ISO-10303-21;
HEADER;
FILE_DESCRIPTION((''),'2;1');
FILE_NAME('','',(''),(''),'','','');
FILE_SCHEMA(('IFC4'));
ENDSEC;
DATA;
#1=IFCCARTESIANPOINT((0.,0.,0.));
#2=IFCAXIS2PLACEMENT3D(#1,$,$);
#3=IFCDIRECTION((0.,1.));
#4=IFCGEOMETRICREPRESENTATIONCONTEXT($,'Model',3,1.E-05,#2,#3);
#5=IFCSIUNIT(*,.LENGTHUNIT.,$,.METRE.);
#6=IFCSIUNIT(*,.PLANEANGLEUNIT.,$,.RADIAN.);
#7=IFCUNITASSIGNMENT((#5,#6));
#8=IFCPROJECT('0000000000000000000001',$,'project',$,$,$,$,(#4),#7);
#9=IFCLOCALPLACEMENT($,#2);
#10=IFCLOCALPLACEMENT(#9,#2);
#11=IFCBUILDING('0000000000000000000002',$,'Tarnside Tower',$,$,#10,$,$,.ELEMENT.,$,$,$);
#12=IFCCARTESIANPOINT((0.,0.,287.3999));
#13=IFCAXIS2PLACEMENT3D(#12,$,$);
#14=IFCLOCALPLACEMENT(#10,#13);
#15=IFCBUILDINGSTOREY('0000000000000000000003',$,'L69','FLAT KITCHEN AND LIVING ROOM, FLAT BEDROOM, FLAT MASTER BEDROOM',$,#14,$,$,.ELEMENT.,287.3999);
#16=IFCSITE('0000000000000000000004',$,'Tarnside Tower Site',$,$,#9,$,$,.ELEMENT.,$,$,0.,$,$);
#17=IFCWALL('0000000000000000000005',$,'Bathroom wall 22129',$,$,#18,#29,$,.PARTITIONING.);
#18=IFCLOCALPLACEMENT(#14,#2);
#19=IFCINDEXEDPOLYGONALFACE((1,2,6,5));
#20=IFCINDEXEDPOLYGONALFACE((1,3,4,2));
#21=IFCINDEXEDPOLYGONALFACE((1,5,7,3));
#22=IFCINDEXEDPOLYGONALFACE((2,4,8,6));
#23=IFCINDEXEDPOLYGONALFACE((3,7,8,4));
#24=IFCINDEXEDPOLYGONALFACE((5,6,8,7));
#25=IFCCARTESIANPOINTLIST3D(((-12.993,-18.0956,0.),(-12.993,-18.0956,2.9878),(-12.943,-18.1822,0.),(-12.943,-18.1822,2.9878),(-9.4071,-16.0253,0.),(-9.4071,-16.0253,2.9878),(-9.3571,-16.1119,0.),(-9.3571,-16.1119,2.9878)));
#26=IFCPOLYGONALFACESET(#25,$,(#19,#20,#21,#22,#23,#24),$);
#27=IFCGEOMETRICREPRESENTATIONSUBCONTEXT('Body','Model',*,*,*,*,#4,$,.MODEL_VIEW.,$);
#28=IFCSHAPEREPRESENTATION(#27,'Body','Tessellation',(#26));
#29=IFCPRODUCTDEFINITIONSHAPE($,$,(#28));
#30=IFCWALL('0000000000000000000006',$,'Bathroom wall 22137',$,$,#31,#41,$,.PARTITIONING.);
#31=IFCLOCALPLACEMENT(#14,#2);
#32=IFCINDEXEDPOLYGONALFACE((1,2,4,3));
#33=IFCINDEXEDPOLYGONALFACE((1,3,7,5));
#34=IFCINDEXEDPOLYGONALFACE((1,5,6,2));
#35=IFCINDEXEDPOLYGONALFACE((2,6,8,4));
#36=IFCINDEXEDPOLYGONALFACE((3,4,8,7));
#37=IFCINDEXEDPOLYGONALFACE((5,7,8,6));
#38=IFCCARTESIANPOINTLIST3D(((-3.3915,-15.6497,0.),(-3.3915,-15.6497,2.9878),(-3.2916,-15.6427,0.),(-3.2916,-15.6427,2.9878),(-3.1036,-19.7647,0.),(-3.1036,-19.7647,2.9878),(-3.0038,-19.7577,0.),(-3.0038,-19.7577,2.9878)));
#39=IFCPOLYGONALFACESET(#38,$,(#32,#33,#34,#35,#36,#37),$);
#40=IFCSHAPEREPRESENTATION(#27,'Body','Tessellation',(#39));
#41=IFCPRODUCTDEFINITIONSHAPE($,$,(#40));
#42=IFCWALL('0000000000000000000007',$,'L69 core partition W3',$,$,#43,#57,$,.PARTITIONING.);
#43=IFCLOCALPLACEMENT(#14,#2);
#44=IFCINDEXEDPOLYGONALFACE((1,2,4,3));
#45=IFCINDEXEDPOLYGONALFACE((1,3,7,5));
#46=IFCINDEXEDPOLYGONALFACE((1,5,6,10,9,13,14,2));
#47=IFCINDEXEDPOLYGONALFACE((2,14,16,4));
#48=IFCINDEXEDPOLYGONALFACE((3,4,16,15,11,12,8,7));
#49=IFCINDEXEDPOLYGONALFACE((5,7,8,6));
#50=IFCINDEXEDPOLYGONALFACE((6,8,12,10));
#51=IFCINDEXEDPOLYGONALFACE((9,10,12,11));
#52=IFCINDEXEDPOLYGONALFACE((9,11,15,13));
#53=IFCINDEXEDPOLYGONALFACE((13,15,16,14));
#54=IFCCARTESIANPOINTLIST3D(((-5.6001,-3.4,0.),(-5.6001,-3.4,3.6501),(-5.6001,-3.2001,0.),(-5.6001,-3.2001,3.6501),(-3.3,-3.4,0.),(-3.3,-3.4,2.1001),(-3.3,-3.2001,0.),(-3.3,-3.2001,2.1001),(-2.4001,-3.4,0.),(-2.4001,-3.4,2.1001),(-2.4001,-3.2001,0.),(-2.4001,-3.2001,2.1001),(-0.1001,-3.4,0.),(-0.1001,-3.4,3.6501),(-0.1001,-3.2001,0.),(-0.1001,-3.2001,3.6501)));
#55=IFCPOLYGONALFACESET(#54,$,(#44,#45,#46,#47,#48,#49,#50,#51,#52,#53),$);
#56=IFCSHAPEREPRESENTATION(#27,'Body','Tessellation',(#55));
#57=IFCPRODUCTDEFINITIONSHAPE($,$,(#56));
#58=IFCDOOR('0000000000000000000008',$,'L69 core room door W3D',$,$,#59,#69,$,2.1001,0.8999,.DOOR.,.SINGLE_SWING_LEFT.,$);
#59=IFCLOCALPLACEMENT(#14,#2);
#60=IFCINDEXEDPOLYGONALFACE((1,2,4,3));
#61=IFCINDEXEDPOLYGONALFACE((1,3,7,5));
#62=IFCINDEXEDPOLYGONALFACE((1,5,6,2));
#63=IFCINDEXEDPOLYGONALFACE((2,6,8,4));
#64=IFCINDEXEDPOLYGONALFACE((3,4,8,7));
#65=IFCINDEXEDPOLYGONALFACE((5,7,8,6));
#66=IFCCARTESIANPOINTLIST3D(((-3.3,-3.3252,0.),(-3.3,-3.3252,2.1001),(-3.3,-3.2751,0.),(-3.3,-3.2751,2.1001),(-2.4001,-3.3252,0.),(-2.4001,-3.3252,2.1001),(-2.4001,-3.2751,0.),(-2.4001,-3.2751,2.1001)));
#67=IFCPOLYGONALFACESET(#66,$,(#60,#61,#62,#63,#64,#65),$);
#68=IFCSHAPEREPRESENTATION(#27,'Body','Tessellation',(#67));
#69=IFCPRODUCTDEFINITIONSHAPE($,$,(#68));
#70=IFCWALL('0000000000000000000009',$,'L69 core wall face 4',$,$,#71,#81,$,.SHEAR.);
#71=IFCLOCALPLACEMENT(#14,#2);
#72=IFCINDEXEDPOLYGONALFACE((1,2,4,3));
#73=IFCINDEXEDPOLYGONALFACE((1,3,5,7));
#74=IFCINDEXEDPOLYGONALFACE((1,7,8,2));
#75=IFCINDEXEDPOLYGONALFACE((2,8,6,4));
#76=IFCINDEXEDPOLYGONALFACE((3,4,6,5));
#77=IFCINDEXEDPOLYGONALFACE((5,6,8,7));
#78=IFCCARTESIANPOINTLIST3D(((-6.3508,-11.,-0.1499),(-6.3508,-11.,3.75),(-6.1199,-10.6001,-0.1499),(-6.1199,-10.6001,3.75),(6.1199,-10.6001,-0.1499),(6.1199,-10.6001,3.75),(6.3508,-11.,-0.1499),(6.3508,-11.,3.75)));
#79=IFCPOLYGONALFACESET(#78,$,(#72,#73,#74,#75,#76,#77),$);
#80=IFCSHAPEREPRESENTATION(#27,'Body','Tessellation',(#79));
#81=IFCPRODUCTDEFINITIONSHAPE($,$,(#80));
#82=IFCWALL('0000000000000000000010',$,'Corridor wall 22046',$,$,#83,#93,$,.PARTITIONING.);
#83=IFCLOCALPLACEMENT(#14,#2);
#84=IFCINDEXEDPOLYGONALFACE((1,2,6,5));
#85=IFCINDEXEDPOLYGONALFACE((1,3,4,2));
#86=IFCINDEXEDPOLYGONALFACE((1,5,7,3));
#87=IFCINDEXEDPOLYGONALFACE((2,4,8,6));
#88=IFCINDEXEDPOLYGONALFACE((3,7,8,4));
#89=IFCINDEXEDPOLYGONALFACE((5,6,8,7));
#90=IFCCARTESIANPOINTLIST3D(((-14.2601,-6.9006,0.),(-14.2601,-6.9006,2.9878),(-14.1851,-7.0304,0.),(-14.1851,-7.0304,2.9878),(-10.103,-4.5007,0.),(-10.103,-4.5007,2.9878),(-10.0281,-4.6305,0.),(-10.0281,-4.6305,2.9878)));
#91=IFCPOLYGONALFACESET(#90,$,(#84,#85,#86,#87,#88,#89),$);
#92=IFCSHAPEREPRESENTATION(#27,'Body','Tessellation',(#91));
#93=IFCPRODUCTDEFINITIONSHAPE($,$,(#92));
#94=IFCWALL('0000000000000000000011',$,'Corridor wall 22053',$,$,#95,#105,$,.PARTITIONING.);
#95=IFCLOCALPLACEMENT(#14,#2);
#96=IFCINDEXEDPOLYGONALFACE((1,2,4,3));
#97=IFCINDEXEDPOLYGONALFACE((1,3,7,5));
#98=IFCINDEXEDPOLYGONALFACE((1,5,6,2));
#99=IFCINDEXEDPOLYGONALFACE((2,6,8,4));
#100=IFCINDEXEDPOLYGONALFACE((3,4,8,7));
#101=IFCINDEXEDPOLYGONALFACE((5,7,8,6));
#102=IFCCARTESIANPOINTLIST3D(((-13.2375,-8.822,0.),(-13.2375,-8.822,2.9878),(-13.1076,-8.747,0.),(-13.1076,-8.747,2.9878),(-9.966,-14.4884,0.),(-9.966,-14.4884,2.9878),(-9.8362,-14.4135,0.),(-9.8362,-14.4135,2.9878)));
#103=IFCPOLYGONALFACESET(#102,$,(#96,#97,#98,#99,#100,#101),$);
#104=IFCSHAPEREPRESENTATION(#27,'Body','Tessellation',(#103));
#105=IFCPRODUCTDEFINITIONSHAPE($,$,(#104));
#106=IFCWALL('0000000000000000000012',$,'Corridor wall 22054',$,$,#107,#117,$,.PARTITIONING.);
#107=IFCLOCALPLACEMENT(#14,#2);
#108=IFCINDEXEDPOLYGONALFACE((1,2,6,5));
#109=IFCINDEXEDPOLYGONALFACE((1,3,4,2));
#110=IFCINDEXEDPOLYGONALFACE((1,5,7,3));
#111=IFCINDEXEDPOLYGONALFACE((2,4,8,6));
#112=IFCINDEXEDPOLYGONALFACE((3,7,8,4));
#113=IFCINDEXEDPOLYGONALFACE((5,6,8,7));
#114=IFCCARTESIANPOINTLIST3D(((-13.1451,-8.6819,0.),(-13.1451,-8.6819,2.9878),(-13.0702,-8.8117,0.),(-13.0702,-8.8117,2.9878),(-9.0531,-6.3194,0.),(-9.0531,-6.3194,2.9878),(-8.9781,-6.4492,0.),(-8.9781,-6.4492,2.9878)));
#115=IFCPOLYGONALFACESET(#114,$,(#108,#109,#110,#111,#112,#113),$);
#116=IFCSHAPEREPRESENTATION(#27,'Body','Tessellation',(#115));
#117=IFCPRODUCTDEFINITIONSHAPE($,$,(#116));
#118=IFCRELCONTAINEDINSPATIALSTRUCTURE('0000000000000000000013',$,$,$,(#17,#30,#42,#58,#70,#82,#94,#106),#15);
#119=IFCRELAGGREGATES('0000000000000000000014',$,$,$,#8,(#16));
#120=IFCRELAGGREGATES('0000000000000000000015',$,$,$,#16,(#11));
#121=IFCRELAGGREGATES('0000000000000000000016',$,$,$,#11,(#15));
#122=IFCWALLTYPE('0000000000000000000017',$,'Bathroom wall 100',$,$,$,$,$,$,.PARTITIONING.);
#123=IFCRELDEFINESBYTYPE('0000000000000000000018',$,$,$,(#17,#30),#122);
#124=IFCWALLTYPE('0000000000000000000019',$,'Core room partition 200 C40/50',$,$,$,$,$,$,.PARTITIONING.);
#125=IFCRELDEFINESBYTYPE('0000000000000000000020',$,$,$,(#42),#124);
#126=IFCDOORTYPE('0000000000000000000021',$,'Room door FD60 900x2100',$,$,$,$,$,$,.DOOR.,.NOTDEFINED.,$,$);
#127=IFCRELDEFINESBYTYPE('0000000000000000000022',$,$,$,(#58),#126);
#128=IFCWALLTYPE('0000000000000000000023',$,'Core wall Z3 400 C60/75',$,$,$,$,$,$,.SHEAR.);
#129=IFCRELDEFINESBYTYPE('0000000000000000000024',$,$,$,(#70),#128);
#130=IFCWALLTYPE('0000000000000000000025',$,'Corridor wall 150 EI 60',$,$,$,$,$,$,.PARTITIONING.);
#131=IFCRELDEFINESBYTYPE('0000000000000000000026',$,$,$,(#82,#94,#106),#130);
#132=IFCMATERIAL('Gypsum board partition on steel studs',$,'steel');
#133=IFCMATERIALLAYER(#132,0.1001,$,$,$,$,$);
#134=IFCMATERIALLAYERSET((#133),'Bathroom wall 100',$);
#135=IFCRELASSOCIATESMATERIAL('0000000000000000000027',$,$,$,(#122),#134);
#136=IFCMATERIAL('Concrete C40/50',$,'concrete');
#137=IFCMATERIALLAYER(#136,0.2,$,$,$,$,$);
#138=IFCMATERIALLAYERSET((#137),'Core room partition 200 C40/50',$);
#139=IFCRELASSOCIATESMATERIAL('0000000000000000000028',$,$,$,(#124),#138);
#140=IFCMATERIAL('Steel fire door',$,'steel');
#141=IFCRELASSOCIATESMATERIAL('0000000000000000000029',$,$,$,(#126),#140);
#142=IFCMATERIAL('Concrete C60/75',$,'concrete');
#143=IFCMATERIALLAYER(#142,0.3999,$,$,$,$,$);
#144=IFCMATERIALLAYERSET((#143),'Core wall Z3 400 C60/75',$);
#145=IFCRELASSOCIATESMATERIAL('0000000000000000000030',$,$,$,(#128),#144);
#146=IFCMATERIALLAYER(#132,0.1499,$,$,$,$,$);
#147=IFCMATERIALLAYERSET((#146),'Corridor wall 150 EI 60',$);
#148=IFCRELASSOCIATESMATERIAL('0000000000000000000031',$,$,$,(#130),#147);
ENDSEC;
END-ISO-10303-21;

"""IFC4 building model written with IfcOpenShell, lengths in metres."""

from ifc_helpers import new_model, si_unit, direction, frame, frame_2d, origin, place, context, subcontext, project, spatial, polyline, rectangle, outline, extrude, material, layer, layer_set, type_object, element, fill, save


model = new_model("IFC4")

# Units and contexts
model_context = context("Model", 3, precision=1e-05, world=origin(), true_north=direction((0.0, 1.0)))
body_context = subcontext(model_context, "Body", "Model", "MODEL_VIEW")
ifc_project = project(units=[si_unit("LENGTHUNIT", "METRE"), si_unit("PLANEANGLEUNIT", "RADIAN")], contexts=[model_context])

# Site, building, storey
site_placement = place(None, origin())
site = spatial("IfcSite", under=ifc_project, at=site_placement, Name="Tarnside Tower Site", CompositionType="ELEMENT", RefElevation=0.0)
building_placement = place(site_placement, origin())
building = spatial("IfcBuilding", under=site, at=building_placement, Name="Tarnside Tower", CompositionType="ELEMENT")
storey_placement = place(building_placement, frame((0.0, 0.0, 287.3999)))
storey = spatial("IfcBuildingStorey", under=building, at=storey_placement, Name="L69", Description="FLAT KITCHEN AND LIVING ROOM, FLAT BEDROOM, FLAT MASTER BEDROOM", CompositionType="ELEMENT", Elevation=287.3999)

# Walls
ifc_material_1 = material(Name="Gypsum board partition on steel studs", Category="steel")
ifc_layer_1 = layer(ifc_material_1, 0.1001)
ifc_layer_set_1 = layer_set([ifc_layer_1], Name="Bathroom wall 100")
wall_type_1 = type_object("IfcWallType", Name="Bathroom wall 100", PredefinedType="PARTITIONING", material=ifc_layer_set_1)
wall_1_placement = place(storey_placement, frame((-9.3821, -16.0686, 0.0), z_axis=(0.0, 0.0, 1.0), x_axis=(-0.866028, -0.499995, 0.0)))
element("IfcWall", 1, at=wall_1_placement, inside=storey, type_object=wall_type_1, Name="Bathroom wall 22129", PredefinedType="PARTITIONING", context=body_context, shape_type="SweptSolid", body=[
    extrude(rectangle(XDim=4.1406, YDim=0.1001, at=frame_2d((2.0703, 0.0))), origin(), (0.0, 0.0, 1.0), 2.9878),
])
wall_2_placement = place(storey_placement, frame((-3.3416, -15.6462, 0.0), z_axis=(0.0, 0.0, 1.0), x_axis=(0.069779, -0.997562, 0.0)))
element("IfcWall", 2, at=wall_2_placement, inside=storey, type_object=wall_type_1, Name="Bathroom wall 22137", PredefinedType="PARTITIONING", context=body_context, shape_type="SweptSolid", body=[
    extrude(rectangle(XDim=4.125, YDim=0.1001, at=frame_2d((2.0625, 0.0))), origin(), (0.0, 0.0, 1.0), 2.9878),
])

# Wall, opening, door
ifc_material_2 = material(Name="Concrete C40/50", Category="concrete")
ifc_layer_2 = layer(ifc_material_2, 0.2)
ifc_layer_set_2 = layer_set([ifc_layer_2], Name="Core room partition 200 C40/50")
wall_type_2 = type_object("IfcWallType", Name="Core room partition 200 C40/50", PredefinedType="PARTITIONING", material=ifc_layer_set_2)
wall_3_placement = place(storey_placement, frame((-5.6001, -3.3, 0.0), z_axis=(0.0, 0.0, 1.0), x_axis=(1.0, 0.0, 0.0)))
wall_3 = element("IfcWall", 3, at=wall_3_placement, inside=storey, type_object=wall_type_2, Name="L69 core partition W3", PredefinedType="PARTITIONING", context=body_context, shape_type="SweptSolid", body=[
    extrude(rectangle(XDim=5.5, YDim=0.2, at=frame_2d((2.75, 0.0))), origin(), (0.0, 0.0, 1.0), 3.6501),
])
opening_1_placement = place(wall_3_placement, frame((2.3, 0.0, 0.0)))
opening_1 = element("IfcOpeningElement", 4, at=opening_1_placement, cuts=wall_3, PredefinedType="OPENING", context=body_context, shape_type="SweptSolid", body=[
    extrude(rectangle(XDim=0.8999, YDim=2.1001, at=frame_2d((0.45, 1.05))), frame((0.0, 0.1099, 0.0), z_axis=(0.0, -1.0, 0.0), x_axis=(1.0, 0.0, 0.0)), (0.0, 0.0, 1.0), 0.22),
])
ifc_material_3 = material(Name="Steel fire door", Category="steel")
door_type_1 = type_object("IfcDoorType", Name="Room door FD60 900x2100", OperationType="NOTDEFINED", PredefinedType="DOOR", material=ifc_material_3)
door_1_placement = place(opening_1_placement, origin())
door_1 = element("IfcDoor", 5, at=door_1_placement, inside=storey, type_object=door_type_1, Name="L69 core room door W3D", OperationType="SINGLE_SWING_LEFT", OverallHeight=2.1001, OverallWidth=0.8999, PredefinedType="DOOR", context=body_context, shape_type="SweptSolid", body=[
    extrude(rectangle(XDim=0.8999, YDim=2.1001, at=frame_2d((0.45, 1.05))), frame((0.0, 0.0249, 0.0), z_axis=(0.0, -1.0, 0.0), x_axis=(1.0, 0.0, 0.0)), (0.0, 0.0, 1.0), 0.05),
])
fill(opening_1, door_1)

# Walls
ifc_material_4 = material(Name="Concrete C60/75", Category="concrete")
ifc_layer_3 = layer(ifc_material_4, 0.3999)
ifc_layer_set_3 = layer_set([ifc_layer_3], Name="Core wall Z3 400 C60/75")
wall_type_3 = type_object("IfcWallType", Name="Core wall Z3 400 C60/75", PredefinedType="SHEAR", material=ifc_layer_set_3)
wall_4_placement = place(storey_placement, frame((-6.2354, -10.8, -0.1499), z_axis=(0.0, 0.0, 1.0), x_axis=(1.0, 0.0, 0.0)))
element("IfcWall", 6, at=wall_4_placement, inside=storey, type_object=wall_type_3, Name="L69 core wall face 4", PredefinedType="SHEAR", context=body_context, shape_type="SweptSolid", body=[
    extrude(outline(polyline([(-0.1155, -0.2), (12.5862, -0.2), (12.3552, 0.2), (0.1155, 0.2), (-0.1155, -0.2)])), origin(), (0.0, 0.0, 1.0), 3.8999),
])
ifc_layer_4 = layer(ifc_material_1, 0.1499)
ifc_layer_set_4 = layer_set([ifc_layer_4], Name="Corridor wall 150 EI 60")
wall_type_4 = type_object("IfcWallType", Name="Corridor wall 150 EI 60", PredefinedType="PARTITIONING", material=ifc_layer_set_4)
wall_5_placement = place(storey_placement, frame((-10.0657, -4.5657, 0.0), z_axis=(0.0, 0.0, 1.0), x_axis=(-0.866037, -0.499979, 0.0)))
element("IfcWall", 7, at=wall_5_placement, inside=storey, type_object=wall_type_4, Name="Corridor wall 22046", PredefinedType="PARTITIONING", context=body_context, shape_type="SweptSolid", body=[
    extrude(rectangle(XDim=4.8, YDim=0.1499, at=frame_2d((2.3999, 0.0))), origin(), (0.0, 0.0, 1.0), 2.9878),
])
wall_6_placement = place(storey_placement, frame((-9.9011, -14.4509, 0.0), z_axis=(0.0, 0.0, 1.0), x_axis=(-0.499992, 0.86603, 0.0)))
element("IfcWall", 8, at=wall_6_placement, inside=storey, type_object=wall_type_4, Name="Corridor wall 22053", PredefinedType="PARTITIONING", context=body_context, shape_type="SweptSolid", body=[
    extrude(rectangle(XDim=6.543, YDim=0.1499, at=frame_2d((3.2715, 0.0))), origin(), (0.0, 0.0, 1.0), 2.9878),
])
wall_7_placement = place(storey_placement, frame((-13.1077, -8.7468, 0.0), z_axis=(0.0, 0.0, 1.0), x_axis=(0.866025, 0.500001, 0.0)))
element("IfcWall", 9, at=wall_7_placement, inside=storey, type_object=wall_type_4, Name="Corridor wall 22054", PredefinedType="PARTITIONING", context=body_context, shape_type="SweptSolid", body=[
    extrude(rectangle(XDim=4.7251, YDim=0.1499, at=frame_2d((2.3625, 0.0))), origin(), (0.0, 0.0, 1.0), 2.9878),
])

save(model, "model.ifc")
